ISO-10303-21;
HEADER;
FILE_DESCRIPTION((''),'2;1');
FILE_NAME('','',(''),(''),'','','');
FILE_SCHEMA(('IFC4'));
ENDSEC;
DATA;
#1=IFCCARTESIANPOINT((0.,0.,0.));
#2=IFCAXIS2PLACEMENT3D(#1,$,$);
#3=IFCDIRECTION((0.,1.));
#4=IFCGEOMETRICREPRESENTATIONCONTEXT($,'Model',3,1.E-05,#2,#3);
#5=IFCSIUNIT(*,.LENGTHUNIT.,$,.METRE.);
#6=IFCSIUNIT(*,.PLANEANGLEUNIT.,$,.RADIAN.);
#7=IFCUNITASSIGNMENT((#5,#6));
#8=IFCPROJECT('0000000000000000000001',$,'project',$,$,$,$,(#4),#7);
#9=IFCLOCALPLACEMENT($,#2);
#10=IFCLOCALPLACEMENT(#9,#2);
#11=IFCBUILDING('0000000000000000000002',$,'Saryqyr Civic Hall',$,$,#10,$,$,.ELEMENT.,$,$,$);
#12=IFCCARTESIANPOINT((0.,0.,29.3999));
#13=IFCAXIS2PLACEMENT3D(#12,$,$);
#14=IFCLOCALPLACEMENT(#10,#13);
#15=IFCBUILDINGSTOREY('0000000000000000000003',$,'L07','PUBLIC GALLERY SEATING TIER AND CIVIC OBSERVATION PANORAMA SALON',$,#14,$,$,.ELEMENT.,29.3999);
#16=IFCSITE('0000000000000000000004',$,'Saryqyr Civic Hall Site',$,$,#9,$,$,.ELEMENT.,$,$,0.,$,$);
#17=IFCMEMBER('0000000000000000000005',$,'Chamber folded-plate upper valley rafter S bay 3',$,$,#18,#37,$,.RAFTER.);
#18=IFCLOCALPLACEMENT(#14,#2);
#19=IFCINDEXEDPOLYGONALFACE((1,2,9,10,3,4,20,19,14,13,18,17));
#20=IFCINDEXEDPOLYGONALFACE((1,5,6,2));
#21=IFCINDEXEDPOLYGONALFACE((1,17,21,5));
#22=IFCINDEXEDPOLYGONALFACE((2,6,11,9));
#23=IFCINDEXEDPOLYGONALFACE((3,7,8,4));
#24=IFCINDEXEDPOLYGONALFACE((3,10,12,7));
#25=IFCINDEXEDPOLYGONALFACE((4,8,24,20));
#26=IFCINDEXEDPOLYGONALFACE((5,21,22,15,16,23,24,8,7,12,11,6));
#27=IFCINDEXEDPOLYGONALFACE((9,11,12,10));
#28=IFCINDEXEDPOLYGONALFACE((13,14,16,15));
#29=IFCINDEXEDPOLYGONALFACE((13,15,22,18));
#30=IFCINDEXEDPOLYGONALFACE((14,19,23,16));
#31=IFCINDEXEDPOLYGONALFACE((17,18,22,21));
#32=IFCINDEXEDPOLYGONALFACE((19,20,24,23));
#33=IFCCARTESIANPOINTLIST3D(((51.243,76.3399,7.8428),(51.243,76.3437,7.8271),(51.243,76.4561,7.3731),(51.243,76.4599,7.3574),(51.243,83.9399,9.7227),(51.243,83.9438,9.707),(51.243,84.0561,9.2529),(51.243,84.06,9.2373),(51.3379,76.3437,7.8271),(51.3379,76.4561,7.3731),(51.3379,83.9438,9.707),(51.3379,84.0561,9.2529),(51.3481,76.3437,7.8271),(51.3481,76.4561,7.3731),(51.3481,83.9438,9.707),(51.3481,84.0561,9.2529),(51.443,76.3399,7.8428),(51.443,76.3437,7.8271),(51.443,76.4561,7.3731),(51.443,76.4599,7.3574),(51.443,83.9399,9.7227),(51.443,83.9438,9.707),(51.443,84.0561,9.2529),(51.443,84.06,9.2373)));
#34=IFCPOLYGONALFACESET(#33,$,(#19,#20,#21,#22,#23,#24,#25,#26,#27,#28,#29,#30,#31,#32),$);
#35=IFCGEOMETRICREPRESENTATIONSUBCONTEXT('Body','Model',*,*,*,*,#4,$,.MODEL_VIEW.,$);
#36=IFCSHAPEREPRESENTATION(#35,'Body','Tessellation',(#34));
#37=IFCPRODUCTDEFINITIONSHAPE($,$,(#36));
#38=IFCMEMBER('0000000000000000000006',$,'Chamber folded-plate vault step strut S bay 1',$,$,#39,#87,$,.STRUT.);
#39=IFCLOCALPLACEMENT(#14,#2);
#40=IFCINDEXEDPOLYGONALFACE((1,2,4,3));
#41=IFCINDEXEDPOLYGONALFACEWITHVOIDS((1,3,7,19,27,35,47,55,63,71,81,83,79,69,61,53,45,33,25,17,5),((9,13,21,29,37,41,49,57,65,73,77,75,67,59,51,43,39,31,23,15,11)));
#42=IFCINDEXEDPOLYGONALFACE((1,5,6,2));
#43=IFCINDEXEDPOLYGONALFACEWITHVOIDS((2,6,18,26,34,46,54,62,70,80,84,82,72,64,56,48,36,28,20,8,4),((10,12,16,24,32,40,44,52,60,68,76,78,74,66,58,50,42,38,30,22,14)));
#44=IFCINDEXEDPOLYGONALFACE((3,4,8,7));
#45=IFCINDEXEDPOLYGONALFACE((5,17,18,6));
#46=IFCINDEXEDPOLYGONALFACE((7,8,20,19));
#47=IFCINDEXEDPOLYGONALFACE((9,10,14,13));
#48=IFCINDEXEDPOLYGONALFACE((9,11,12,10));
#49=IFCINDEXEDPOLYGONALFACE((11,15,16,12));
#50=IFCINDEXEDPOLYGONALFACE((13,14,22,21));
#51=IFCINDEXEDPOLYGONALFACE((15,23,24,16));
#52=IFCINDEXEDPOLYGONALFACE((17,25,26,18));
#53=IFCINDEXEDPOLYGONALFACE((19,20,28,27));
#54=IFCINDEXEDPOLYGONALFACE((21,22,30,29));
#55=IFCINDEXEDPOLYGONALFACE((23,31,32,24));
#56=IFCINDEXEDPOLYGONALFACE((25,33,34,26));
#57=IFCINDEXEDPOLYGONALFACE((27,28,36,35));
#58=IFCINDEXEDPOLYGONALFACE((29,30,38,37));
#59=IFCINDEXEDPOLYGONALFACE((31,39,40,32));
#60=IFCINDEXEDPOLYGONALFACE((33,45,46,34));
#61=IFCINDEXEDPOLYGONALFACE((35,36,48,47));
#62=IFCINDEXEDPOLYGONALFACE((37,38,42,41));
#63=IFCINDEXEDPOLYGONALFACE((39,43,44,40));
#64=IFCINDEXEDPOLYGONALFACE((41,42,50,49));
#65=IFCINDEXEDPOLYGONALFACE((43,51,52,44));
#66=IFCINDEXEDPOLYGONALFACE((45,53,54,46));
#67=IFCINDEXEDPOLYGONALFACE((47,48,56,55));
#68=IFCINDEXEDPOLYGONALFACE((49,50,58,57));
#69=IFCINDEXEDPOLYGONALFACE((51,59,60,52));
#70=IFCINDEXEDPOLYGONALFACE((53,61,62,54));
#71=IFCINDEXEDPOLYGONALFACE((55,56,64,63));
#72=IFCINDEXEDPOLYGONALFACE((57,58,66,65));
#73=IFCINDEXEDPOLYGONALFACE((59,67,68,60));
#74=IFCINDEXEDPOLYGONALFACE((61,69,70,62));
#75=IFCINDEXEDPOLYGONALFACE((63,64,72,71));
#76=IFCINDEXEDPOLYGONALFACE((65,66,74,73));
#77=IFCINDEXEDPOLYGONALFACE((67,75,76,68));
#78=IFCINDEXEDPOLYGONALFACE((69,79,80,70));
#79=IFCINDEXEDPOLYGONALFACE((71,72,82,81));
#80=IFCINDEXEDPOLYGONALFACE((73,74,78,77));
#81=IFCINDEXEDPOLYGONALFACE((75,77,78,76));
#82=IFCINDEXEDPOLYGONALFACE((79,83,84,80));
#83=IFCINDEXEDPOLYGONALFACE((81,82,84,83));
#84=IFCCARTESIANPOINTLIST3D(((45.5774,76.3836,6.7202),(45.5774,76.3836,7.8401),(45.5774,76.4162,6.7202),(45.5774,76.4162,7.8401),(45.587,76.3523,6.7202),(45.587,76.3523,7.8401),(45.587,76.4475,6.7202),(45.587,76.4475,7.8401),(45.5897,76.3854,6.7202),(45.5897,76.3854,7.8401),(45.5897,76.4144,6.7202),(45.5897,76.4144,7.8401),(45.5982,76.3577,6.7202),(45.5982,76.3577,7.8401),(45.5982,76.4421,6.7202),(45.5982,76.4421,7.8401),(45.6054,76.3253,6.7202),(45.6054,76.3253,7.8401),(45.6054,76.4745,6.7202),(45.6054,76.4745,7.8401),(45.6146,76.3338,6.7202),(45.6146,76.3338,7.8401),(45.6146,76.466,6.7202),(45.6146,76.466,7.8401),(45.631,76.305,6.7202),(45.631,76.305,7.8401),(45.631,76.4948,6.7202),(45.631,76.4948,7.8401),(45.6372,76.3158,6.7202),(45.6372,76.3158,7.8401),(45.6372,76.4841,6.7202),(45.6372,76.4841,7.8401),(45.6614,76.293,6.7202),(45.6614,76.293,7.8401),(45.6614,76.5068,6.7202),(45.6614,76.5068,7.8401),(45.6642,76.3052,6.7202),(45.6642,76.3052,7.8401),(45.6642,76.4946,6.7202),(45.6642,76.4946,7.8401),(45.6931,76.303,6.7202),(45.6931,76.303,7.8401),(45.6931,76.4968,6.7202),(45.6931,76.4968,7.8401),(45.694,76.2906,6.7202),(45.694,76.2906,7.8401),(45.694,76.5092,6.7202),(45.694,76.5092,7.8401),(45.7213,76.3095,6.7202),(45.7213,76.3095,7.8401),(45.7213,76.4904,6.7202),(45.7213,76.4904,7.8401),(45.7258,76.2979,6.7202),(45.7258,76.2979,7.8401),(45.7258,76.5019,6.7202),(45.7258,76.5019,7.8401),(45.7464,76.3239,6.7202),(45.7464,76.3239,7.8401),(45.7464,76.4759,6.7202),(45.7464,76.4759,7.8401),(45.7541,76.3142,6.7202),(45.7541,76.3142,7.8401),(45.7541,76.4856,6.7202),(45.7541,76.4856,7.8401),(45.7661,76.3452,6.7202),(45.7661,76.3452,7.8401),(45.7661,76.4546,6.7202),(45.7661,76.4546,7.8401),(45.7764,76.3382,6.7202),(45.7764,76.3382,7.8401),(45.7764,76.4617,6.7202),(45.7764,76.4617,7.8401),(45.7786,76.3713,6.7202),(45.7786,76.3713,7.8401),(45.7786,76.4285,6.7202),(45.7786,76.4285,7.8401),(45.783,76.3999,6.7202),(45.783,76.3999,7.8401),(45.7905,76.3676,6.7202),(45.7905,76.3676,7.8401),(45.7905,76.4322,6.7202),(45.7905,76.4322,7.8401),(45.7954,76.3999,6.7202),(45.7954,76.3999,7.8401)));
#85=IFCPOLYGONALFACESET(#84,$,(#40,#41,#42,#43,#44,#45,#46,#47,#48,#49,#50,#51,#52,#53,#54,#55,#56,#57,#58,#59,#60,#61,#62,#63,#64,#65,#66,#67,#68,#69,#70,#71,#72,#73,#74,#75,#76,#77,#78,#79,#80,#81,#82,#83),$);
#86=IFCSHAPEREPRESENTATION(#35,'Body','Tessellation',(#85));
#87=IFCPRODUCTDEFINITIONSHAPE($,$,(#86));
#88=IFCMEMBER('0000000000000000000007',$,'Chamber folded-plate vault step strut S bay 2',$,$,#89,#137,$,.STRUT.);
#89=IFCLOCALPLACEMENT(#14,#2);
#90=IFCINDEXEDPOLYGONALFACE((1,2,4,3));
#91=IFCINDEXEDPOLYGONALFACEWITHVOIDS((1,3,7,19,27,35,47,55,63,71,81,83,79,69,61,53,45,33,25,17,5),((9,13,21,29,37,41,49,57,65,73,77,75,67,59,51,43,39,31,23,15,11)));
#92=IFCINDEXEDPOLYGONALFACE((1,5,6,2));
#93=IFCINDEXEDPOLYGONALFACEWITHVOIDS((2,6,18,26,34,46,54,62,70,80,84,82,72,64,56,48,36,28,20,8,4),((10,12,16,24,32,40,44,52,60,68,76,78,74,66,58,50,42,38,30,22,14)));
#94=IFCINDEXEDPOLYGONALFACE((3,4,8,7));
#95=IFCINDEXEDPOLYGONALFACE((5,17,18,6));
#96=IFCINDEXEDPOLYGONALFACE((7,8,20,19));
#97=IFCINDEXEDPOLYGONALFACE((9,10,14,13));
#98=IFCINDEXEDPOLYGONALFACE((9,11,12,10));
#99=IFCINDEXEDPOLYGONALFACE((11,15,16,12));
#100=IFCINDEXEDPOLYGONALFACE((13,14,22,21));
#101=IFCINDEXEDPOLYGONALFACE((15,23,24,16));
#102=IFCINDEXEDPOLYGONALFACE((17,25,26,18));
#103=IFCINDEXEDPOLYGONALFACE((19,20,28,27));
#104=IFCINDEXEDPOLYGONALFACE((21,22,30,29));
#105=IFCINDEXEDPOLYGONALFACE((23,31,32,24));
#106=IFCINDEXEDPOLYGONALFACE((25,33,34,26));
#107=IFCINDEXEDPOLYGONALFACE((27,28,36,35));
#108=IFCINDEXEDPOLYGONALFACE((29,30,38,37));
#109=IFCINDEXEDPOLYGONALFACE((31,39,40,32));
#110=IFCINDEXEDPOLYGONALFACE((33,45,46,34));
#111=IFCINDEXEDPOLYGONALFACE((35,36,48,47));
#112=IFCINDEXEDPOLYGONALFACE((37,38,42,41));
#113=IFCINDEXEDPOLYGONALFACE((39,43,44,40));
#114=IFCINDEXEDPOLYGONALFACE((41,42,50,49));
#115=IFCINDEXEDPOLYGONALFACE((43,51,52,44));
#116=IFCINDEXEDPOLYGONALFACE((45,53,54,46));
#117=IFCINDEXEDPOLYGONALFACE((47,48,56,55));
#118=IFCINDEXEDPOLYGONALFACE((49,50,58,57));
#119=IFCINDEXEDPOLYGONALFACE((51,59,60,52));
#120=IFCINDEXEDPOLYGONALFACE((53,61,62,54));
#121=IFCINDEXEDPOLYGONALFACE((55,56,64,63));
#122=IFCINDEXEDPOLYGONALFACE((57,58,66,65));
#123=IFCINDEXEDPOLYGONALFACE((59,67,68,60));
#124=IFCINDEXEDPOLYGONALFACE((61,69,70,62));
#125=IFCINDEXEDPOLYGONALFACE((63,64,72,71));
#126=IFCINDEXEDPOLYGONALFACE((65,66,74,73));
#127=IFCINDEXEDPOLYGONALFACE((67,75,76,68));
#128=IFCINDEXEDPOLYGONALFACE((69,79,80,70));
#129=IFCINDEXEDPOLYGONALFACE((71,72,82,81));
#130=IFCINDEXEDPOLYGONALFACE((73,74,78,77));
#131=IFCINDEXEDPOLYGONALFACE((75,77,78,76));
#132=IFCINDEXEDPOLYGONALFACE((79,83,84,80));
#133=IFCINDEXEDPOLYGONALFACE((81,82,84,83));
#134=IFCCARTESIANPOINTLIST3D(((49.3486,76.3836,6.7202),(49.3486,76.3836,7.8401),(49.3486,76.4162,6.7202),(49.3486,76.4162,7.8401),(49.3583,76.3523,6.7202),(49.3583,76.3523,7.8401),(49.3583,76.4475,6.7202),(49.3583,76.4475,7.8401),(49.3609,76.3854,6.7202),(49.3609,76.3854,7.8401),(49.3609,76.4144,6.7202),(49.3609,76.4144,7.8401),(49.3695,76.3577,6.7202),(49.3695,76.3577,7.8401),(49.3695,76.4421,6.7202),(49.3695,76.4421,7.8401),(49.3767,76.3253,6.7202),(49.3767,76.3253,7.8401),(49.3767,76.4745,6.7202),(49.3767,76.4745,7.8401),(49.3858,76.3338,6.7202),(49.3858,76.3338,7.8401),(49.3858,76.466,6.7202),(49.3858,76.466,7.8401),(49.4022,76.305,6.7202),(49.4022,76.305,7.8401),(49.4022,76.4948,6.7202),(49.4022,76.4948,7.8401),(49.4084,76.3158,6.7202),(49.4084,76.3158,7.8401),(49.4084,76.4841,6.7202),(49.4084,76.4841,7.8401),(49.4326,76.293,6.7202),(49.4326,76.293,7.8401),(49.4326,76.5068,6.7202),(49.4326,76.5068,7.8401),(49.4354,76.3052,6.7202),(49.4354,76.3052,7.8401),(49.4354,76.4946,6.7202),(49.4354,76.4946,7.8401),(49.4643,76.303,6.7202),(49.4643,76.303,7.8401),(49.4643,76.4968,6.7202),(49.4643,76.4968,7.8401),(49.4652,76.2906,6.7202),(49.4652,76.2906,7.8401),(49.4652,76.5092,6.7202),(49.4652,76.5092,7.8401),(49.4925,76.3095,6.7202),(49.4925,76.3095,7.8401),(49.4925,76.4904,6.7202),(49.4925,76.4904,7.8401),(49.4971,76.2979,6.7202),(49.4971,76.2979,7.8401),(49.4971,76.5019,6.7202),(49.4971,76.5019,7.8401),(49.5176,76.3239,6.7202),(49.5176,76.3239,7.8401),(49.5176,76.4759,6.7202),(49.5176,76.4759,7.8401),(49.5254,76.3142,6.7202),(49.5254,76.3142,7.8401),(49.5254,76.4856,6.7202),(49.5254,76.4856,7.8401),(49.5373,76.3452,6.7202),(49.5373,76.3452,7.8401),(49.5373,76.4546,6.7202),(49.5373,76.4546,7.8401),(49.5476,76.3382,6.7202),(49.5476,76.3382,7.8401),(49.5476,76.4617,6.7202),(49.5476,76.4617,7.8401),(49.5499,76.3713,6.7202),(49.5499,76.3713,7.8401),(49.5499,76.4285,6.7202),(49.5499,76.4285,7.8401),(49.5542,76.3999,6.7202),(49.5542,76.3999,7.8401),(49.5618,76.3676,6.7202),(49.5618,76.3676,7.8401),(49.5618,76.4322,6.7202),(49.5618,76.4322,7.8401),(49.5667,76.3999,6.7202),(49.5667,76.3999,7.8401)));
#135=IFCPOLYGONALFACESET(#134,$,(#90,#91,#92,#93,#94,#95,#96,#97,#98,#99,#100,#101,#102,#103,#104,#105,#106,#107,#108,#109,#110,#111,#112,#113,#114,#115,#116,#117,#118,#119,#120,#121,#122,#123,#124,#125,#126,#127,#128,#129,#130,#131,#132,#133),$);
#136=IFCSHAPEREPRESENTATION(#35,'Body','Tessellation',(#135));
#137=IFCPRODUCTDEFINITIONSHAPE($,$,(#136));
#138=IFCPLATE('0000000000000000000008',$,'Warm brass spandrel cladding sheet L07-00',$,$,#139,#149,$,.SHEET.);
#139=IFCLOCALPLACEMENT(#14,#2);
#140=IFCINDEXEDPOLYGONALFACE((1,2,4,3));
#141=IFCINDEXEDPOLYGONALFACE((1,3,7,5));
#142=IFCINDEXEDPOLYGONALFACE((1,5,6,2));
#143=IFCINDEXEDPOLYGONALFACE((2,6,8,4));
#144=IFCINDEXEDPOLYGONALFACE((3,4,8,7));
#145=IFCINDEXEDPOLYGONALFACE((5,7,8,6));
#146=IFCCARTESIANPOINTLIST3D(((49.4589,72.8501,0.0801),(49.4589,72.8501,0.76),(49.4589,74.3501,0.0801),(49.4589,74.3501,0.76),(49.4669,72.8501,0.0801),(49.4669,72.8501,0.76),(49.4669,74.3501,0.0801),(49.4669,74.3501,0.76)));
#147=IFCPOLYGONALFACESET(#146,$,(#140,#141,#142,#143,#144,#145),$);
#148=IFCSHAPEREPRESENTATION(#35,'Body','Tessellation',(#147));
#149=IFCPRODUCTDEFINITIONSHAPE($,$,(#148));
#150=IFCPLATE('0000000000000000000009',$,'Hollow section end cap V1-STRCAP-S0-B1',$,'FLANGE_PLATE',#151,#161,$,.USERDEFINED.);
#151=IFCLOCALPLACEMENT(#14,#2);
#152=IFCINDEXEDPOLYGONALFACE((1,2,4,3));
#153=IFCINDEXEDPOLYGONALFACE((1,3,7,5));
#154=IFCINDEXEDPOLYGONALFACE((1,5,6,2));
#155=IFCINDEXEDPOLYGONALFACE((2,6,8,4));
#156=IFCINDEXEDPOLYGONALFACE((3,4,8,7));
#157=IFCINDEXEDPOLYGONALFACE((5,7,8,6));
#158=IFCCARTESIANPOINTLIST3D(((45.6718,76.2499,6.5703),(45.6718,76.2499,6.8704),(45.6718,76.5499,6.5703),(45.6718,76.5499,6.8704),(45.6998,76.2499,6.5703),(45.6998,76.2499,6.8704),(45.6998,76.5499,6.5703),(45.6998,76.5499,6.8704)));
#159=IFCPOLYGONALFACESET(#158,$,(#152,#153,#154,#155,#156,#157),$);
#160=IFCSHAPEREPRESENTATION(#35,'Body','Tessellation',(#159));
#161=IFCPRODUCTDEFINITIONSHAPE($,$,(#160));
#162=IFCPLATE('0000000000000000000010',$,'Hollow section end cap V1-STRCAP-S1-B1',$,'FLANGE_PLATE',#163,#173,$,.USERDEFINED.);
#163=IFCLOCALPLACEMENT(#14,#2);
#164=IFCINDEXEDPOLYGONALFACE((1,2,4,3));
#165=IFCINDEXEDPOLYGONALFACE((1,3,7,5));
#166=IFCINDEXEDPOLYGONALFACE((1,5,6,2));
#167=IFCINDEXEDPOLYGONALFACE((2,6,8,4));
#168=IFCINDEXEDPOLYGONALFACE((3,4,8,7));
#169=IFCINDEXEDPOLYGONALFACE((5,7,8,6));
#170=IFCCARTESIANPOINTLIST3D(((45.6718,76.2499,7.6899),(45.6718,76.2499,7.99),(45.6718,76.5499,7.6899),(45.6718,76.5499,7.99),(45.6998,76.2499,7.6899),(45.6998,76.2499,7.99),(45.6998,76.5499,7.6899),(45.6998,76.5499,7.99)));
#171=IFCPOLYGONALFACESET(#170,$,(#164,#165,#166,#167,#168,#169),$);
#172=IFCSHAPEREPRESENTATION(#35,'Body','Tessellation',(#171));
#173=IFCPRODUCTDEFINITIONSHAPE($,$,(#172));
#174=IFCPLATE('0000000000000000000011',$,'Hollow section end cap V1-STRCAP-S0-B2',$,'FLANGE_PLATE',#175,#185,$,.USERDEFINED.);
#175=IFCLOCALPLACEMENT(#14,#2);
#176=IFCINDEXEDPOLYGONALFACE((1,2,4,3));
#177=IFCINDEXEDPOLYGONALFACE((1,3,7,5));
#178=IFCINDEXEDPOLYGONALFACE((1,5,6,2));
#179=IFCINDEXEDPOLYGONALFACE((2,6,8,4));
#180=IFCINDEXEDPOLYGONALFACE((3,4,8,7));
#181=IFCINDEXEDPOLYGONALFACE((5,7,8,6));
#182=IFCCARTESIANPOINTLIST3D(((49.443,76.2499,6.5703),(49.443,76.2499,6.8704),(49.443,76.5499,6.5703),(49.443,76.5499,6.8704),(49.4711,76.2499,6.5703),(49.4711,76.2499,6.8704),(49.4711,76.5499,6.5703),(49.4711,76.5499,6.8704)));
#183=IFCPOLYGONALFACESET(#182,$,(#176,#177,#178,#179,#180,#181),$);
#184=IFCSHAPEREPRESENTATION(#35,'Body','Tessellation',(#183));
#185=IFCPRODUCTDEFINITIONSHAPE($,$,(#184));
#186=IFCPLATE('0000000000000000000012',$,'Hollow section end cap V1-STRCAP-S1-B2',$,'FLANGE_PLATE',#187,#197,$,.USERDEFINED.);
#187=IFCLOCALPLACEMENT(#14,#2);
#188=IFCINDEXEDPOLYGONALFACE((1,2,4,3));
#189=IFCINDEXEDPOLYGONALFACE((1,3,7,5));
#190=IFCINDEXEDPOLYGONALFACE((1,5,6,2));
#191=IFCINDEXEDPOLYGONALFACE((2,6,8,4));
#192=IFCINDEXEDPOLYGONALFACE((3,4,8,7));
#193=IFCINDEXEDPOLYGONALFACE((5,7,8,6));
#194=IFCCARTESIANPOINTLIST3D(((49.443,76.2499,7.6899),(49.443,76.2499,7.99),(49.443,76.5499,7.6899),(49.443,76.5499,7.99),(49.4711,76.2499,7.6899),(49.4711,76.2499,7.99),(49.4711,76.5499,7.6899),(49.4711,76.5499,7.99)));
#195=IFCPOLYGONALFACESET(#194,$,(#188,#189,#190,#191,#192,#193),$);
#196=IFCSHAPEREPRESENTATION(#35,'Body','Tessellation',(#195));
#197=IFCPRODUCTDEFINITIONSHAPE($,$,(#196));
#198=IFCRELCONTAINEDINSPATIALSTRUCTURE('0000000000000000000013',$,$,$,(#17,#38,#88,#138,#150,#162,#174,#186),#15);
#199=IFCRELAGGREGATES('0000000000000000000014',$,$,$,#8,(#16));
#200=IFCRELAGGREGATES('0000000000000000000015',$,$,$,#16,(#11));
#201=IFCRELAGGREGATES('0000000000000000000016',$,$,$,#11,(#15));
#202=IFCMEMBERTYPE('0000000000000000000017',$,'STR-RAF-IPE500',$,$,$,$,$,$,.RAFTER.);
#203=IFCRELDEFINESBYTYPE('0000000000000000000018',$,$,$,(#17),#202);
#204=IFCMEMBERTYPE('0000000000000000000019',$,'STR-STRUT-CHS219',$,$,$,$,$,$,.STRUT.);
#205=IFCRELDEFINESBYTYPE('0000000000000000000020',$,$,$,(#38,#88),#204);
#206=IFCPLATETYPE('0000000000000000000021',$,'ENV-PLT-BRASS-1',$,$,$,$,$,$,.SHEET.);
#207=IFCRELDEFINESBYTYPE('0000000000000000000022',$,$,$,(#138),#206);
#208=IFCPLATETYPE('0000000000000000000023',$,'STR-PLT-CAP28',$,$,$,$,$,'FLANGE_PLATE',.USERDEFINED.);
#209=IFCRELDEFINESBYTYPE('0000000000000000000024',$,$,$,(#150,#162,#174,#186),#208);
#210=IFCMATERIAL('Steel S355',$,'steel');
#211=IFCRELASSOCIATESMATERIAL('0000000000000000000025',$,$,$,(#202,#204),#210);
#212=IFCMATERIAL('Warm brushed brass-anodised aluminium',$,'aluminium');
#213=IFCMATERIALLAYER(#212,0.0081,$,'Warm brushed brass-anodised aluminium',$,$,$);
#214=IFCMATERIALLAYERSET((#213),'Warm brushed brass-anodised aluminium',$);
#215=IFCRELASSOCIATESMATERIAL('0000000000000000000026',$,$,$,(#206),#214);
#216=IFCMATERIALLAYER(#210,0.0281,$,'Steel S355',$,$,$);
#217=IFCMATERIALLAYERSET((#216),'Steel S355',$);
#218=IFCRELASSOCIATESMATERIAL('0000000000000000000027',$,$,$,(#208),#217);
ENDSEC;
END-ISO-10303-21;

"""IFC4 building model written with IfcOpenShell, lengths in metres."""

from ifc_helpers import new_model, si_unit, direction, frame, origin, origin_2d, place, context, subcontext, project, spatial, rectangle, hollow_circle, i_section, extrude, material, layer, layer_set, material_profile, profile_set, type_object, element, save


model = new_model("IFC4")

# Units and contexts
model_context = context("Model", 3, precision=1e-05, world=origin(), true_north=direction((0.0, 1.0)))
body_context = subcontext(model_context, "Body", "Model", "MODEL_VIEW")
ifc_project = project(units=[si_unit("LENGTHUNIT", "METRE"), si_unit("PLANEANGLEUNIT", "RADIAN")], contexts=[model_context])

# Site, building, storey
site_placement = place(None, origin())
site = spatial("IfcSite", under=ifc_project, at=site_placement, Name="Saryqyr Civic Hall Site", CompositionType="ELEMENT", RefElevation=0.0)
building_placement = place(site_placement, origin())
building = spatial("IfcBuilding", under=site, at=building_placement, Name="Saryqyr Civic Hall", CompositionType="ELEMENT")
storey_placement = place(building_placement, frame((0.0, 0.0, 29.3999)))
storey = spatial("IfcBuildingStorey", under=building, at=storey_placement, Name="L07", Description="PUBLIC GALLERY SEATING TIER AND CIVIC OBSERVATION PANORAMA SALON", CompositionType="ELEMENT", Elevation=29.3999)

# Shared definitions
ifc_material_1 = material(Name="Steel S355", Category="steel")

# Members
ifc_material_profile_1 = material_profile(ifc_material_1, i_section(OverallWidth=0.2, OverallDepth=0.5, WebThickness=0.0103, FlangeThickness=0.0161, at=origin_2d()), Name="IPE 500")
ifc_profile_set_1 = profile_set([ifc_material_profile_1], Name="Steel S355")
member_type_1 = type_object("IfcMemberType", Name="STR-RAF-IPE500", PredefinedType="RAFTER", material=ifc_profile_set_1)
for number, where, z_axis, x_axis, name in (
    (1, (51.343, 76.3999, 7.6001), (0.0, 0.970745, 0.240114), (-1.0, 0.0, 0.0), "Chamber folded-plate upper valley rafter S bay 3"),
):
    element("IfcMember", number, at=place(storey_placement, frame(where, z_axis=z_axis, x_axis=x_axis)), inside=storey, type_object=member_type_1, Name=name, PredefinedType="RAFTER", context=body_context, shape_type="SweptSolid", body=[
        extrude(i_section(OverallWidth=0.2, OverallDepth=0.5, WebThickness=0.0103, FlangeThickness=0.0161, at=origin_2d()), origin(), (0.0, 0.0, 1.0), 7.8291),
    ])
ifc_material_profile_2 = material_profile(ifc_material_1, hollow_circle(Radius=0.1096, WallThickness=0.0125, at=origin_2d()), Name="CHS 219.1x12.5")
ifc_profile_set_2 = profile_set([ifc_material_profile_2], Name="Steel S355")
member_type_2 = type_object("IfcMemberType", Name="STR-STRUT-CHS219", PredefinedType="STRUT", material=ifc_profile_set_2)
for number, where, z_axis, x_axis, name in (
    (2, (45.6858, 76.3999, 6.7202), (0.0, 0.0, 1.0), (1.0, 0.0, 0.0), "Chamber folded-plate vault step strut S bay 1"),
    (3, (49.457, 76.3999, 6.7202), (0.0, 0.0, 1.0), (1.0, 0.0, 0.0), "Chamber folded-plate vault step strut S bay 2"),
):
    element("IfcMember", number, at=place(storey_placement, frame(where, z_axis=z_axis, x_axis=x_axis)), inside=storey, type_object=member_type_2, Name=name, PredefinedType="STRUT", context=body_context, shape_type="SweptSolid", body=[
        extrude(hollow_circle(Radius=0.1096, WallThickness=0.0125, at=origin_2d()), origin(), (0.0, 0.0, 1.0), 1.1199),
    ])

# Plates
ifc_material_2 = material(Name="Warm brushed brass-anodised aluminium", Category="aluminium")
ifc_layer_1 = layer(ifc_material_2, 0.0081, Name="Warm brushed brass-anodised aluminium")
ifc_layer_set_1 = layer_set([ifc_layer_1], Name="Warm brushed brass-anodised aluminium")
plate_type_1 = type_object("IfcPlateType", Name="ENV-PLT-BRASS-1", PredefinedType="SHEET", material=ifc_layer_set_1)
plate_placement = place(storey_placement, frame((49.4629, 73.6001, 0.0801), z_axis=(0.0, 0.0, 1.0), x_axis=(0.0, 1.0, 0.0)))
element("IfcPlate", 4, at=plate_placement, inside=storey, type_object=plate_type_1, Name="Warm brass spandrel cladding sheet L07-00", PredefinedType="SHEET", context=body_context, shape_type="SweptSolid", body=[
    extrude(rectangle(XDim=1.5, YDim=0.0081, at=origin_2d()), origin(), (0.0, 0.0, 1.0), 0.6799),
])
ifc_layer_2 = layer(ifc_material_1, 0.0281, Name="Steel S355")
ifc_layer_set_2 = layer_set([ifc_layer_2], Name="Steel S355")
plate_type_2 = type_object("IfcPlateType", Name="STR-PLT-CAP28", ElementType="FLANGE_PLATE", PredefinedType="USERDEFINED", material=ifc_layer_set_2)
for number, where, z_axis, x_axis, name in (
    (5, (45.6858, 76.3999, 6.5703), (0.0, 0.0, 1.0), (1.0, 0.0, 0.0), "Hollow section end cap V1-STRCAP-S0-B1"),
    (6, (45.6858, 76.3999, 7.6899), (0.0, 0.0, 1.0), (1.0, 0.0, 0.0), "Hollow section end cap V1-STRCAP-S1-B1"),
    (7, (49.457, 76.3999, 6.5703), (0.0, 0.0, 1.0), (1.0, 0.0, 0.0), "Hollow section end cap V1-STRCAP-S0-B2"),
    (8, (49.457, 76.3999, 7.6899), (0.0, 0.0, 1.0), (1.0, 0.0, 0.0), "Hollow section end cap V1-STRCAP-S1-B2"),
):
    element("IfcPlate", number, at=place(storey_placement, frame(where, z_axis=z_axis, x_axis=x_axis)), inside=storey, type_object=plate_type_2, Name=name, ObjectType="FLANGE_PLATE", PredefinedType="USERDEFINED", context=body_context, shape_type="SweptSolid", body=[
        extrude(rectangle(XDim=0.0281, YDim=0.3, at=origin_2d()), origin(), (0.0, 0.0, 1.0), 0.3),
    ])

save(model, "model.ifc")
